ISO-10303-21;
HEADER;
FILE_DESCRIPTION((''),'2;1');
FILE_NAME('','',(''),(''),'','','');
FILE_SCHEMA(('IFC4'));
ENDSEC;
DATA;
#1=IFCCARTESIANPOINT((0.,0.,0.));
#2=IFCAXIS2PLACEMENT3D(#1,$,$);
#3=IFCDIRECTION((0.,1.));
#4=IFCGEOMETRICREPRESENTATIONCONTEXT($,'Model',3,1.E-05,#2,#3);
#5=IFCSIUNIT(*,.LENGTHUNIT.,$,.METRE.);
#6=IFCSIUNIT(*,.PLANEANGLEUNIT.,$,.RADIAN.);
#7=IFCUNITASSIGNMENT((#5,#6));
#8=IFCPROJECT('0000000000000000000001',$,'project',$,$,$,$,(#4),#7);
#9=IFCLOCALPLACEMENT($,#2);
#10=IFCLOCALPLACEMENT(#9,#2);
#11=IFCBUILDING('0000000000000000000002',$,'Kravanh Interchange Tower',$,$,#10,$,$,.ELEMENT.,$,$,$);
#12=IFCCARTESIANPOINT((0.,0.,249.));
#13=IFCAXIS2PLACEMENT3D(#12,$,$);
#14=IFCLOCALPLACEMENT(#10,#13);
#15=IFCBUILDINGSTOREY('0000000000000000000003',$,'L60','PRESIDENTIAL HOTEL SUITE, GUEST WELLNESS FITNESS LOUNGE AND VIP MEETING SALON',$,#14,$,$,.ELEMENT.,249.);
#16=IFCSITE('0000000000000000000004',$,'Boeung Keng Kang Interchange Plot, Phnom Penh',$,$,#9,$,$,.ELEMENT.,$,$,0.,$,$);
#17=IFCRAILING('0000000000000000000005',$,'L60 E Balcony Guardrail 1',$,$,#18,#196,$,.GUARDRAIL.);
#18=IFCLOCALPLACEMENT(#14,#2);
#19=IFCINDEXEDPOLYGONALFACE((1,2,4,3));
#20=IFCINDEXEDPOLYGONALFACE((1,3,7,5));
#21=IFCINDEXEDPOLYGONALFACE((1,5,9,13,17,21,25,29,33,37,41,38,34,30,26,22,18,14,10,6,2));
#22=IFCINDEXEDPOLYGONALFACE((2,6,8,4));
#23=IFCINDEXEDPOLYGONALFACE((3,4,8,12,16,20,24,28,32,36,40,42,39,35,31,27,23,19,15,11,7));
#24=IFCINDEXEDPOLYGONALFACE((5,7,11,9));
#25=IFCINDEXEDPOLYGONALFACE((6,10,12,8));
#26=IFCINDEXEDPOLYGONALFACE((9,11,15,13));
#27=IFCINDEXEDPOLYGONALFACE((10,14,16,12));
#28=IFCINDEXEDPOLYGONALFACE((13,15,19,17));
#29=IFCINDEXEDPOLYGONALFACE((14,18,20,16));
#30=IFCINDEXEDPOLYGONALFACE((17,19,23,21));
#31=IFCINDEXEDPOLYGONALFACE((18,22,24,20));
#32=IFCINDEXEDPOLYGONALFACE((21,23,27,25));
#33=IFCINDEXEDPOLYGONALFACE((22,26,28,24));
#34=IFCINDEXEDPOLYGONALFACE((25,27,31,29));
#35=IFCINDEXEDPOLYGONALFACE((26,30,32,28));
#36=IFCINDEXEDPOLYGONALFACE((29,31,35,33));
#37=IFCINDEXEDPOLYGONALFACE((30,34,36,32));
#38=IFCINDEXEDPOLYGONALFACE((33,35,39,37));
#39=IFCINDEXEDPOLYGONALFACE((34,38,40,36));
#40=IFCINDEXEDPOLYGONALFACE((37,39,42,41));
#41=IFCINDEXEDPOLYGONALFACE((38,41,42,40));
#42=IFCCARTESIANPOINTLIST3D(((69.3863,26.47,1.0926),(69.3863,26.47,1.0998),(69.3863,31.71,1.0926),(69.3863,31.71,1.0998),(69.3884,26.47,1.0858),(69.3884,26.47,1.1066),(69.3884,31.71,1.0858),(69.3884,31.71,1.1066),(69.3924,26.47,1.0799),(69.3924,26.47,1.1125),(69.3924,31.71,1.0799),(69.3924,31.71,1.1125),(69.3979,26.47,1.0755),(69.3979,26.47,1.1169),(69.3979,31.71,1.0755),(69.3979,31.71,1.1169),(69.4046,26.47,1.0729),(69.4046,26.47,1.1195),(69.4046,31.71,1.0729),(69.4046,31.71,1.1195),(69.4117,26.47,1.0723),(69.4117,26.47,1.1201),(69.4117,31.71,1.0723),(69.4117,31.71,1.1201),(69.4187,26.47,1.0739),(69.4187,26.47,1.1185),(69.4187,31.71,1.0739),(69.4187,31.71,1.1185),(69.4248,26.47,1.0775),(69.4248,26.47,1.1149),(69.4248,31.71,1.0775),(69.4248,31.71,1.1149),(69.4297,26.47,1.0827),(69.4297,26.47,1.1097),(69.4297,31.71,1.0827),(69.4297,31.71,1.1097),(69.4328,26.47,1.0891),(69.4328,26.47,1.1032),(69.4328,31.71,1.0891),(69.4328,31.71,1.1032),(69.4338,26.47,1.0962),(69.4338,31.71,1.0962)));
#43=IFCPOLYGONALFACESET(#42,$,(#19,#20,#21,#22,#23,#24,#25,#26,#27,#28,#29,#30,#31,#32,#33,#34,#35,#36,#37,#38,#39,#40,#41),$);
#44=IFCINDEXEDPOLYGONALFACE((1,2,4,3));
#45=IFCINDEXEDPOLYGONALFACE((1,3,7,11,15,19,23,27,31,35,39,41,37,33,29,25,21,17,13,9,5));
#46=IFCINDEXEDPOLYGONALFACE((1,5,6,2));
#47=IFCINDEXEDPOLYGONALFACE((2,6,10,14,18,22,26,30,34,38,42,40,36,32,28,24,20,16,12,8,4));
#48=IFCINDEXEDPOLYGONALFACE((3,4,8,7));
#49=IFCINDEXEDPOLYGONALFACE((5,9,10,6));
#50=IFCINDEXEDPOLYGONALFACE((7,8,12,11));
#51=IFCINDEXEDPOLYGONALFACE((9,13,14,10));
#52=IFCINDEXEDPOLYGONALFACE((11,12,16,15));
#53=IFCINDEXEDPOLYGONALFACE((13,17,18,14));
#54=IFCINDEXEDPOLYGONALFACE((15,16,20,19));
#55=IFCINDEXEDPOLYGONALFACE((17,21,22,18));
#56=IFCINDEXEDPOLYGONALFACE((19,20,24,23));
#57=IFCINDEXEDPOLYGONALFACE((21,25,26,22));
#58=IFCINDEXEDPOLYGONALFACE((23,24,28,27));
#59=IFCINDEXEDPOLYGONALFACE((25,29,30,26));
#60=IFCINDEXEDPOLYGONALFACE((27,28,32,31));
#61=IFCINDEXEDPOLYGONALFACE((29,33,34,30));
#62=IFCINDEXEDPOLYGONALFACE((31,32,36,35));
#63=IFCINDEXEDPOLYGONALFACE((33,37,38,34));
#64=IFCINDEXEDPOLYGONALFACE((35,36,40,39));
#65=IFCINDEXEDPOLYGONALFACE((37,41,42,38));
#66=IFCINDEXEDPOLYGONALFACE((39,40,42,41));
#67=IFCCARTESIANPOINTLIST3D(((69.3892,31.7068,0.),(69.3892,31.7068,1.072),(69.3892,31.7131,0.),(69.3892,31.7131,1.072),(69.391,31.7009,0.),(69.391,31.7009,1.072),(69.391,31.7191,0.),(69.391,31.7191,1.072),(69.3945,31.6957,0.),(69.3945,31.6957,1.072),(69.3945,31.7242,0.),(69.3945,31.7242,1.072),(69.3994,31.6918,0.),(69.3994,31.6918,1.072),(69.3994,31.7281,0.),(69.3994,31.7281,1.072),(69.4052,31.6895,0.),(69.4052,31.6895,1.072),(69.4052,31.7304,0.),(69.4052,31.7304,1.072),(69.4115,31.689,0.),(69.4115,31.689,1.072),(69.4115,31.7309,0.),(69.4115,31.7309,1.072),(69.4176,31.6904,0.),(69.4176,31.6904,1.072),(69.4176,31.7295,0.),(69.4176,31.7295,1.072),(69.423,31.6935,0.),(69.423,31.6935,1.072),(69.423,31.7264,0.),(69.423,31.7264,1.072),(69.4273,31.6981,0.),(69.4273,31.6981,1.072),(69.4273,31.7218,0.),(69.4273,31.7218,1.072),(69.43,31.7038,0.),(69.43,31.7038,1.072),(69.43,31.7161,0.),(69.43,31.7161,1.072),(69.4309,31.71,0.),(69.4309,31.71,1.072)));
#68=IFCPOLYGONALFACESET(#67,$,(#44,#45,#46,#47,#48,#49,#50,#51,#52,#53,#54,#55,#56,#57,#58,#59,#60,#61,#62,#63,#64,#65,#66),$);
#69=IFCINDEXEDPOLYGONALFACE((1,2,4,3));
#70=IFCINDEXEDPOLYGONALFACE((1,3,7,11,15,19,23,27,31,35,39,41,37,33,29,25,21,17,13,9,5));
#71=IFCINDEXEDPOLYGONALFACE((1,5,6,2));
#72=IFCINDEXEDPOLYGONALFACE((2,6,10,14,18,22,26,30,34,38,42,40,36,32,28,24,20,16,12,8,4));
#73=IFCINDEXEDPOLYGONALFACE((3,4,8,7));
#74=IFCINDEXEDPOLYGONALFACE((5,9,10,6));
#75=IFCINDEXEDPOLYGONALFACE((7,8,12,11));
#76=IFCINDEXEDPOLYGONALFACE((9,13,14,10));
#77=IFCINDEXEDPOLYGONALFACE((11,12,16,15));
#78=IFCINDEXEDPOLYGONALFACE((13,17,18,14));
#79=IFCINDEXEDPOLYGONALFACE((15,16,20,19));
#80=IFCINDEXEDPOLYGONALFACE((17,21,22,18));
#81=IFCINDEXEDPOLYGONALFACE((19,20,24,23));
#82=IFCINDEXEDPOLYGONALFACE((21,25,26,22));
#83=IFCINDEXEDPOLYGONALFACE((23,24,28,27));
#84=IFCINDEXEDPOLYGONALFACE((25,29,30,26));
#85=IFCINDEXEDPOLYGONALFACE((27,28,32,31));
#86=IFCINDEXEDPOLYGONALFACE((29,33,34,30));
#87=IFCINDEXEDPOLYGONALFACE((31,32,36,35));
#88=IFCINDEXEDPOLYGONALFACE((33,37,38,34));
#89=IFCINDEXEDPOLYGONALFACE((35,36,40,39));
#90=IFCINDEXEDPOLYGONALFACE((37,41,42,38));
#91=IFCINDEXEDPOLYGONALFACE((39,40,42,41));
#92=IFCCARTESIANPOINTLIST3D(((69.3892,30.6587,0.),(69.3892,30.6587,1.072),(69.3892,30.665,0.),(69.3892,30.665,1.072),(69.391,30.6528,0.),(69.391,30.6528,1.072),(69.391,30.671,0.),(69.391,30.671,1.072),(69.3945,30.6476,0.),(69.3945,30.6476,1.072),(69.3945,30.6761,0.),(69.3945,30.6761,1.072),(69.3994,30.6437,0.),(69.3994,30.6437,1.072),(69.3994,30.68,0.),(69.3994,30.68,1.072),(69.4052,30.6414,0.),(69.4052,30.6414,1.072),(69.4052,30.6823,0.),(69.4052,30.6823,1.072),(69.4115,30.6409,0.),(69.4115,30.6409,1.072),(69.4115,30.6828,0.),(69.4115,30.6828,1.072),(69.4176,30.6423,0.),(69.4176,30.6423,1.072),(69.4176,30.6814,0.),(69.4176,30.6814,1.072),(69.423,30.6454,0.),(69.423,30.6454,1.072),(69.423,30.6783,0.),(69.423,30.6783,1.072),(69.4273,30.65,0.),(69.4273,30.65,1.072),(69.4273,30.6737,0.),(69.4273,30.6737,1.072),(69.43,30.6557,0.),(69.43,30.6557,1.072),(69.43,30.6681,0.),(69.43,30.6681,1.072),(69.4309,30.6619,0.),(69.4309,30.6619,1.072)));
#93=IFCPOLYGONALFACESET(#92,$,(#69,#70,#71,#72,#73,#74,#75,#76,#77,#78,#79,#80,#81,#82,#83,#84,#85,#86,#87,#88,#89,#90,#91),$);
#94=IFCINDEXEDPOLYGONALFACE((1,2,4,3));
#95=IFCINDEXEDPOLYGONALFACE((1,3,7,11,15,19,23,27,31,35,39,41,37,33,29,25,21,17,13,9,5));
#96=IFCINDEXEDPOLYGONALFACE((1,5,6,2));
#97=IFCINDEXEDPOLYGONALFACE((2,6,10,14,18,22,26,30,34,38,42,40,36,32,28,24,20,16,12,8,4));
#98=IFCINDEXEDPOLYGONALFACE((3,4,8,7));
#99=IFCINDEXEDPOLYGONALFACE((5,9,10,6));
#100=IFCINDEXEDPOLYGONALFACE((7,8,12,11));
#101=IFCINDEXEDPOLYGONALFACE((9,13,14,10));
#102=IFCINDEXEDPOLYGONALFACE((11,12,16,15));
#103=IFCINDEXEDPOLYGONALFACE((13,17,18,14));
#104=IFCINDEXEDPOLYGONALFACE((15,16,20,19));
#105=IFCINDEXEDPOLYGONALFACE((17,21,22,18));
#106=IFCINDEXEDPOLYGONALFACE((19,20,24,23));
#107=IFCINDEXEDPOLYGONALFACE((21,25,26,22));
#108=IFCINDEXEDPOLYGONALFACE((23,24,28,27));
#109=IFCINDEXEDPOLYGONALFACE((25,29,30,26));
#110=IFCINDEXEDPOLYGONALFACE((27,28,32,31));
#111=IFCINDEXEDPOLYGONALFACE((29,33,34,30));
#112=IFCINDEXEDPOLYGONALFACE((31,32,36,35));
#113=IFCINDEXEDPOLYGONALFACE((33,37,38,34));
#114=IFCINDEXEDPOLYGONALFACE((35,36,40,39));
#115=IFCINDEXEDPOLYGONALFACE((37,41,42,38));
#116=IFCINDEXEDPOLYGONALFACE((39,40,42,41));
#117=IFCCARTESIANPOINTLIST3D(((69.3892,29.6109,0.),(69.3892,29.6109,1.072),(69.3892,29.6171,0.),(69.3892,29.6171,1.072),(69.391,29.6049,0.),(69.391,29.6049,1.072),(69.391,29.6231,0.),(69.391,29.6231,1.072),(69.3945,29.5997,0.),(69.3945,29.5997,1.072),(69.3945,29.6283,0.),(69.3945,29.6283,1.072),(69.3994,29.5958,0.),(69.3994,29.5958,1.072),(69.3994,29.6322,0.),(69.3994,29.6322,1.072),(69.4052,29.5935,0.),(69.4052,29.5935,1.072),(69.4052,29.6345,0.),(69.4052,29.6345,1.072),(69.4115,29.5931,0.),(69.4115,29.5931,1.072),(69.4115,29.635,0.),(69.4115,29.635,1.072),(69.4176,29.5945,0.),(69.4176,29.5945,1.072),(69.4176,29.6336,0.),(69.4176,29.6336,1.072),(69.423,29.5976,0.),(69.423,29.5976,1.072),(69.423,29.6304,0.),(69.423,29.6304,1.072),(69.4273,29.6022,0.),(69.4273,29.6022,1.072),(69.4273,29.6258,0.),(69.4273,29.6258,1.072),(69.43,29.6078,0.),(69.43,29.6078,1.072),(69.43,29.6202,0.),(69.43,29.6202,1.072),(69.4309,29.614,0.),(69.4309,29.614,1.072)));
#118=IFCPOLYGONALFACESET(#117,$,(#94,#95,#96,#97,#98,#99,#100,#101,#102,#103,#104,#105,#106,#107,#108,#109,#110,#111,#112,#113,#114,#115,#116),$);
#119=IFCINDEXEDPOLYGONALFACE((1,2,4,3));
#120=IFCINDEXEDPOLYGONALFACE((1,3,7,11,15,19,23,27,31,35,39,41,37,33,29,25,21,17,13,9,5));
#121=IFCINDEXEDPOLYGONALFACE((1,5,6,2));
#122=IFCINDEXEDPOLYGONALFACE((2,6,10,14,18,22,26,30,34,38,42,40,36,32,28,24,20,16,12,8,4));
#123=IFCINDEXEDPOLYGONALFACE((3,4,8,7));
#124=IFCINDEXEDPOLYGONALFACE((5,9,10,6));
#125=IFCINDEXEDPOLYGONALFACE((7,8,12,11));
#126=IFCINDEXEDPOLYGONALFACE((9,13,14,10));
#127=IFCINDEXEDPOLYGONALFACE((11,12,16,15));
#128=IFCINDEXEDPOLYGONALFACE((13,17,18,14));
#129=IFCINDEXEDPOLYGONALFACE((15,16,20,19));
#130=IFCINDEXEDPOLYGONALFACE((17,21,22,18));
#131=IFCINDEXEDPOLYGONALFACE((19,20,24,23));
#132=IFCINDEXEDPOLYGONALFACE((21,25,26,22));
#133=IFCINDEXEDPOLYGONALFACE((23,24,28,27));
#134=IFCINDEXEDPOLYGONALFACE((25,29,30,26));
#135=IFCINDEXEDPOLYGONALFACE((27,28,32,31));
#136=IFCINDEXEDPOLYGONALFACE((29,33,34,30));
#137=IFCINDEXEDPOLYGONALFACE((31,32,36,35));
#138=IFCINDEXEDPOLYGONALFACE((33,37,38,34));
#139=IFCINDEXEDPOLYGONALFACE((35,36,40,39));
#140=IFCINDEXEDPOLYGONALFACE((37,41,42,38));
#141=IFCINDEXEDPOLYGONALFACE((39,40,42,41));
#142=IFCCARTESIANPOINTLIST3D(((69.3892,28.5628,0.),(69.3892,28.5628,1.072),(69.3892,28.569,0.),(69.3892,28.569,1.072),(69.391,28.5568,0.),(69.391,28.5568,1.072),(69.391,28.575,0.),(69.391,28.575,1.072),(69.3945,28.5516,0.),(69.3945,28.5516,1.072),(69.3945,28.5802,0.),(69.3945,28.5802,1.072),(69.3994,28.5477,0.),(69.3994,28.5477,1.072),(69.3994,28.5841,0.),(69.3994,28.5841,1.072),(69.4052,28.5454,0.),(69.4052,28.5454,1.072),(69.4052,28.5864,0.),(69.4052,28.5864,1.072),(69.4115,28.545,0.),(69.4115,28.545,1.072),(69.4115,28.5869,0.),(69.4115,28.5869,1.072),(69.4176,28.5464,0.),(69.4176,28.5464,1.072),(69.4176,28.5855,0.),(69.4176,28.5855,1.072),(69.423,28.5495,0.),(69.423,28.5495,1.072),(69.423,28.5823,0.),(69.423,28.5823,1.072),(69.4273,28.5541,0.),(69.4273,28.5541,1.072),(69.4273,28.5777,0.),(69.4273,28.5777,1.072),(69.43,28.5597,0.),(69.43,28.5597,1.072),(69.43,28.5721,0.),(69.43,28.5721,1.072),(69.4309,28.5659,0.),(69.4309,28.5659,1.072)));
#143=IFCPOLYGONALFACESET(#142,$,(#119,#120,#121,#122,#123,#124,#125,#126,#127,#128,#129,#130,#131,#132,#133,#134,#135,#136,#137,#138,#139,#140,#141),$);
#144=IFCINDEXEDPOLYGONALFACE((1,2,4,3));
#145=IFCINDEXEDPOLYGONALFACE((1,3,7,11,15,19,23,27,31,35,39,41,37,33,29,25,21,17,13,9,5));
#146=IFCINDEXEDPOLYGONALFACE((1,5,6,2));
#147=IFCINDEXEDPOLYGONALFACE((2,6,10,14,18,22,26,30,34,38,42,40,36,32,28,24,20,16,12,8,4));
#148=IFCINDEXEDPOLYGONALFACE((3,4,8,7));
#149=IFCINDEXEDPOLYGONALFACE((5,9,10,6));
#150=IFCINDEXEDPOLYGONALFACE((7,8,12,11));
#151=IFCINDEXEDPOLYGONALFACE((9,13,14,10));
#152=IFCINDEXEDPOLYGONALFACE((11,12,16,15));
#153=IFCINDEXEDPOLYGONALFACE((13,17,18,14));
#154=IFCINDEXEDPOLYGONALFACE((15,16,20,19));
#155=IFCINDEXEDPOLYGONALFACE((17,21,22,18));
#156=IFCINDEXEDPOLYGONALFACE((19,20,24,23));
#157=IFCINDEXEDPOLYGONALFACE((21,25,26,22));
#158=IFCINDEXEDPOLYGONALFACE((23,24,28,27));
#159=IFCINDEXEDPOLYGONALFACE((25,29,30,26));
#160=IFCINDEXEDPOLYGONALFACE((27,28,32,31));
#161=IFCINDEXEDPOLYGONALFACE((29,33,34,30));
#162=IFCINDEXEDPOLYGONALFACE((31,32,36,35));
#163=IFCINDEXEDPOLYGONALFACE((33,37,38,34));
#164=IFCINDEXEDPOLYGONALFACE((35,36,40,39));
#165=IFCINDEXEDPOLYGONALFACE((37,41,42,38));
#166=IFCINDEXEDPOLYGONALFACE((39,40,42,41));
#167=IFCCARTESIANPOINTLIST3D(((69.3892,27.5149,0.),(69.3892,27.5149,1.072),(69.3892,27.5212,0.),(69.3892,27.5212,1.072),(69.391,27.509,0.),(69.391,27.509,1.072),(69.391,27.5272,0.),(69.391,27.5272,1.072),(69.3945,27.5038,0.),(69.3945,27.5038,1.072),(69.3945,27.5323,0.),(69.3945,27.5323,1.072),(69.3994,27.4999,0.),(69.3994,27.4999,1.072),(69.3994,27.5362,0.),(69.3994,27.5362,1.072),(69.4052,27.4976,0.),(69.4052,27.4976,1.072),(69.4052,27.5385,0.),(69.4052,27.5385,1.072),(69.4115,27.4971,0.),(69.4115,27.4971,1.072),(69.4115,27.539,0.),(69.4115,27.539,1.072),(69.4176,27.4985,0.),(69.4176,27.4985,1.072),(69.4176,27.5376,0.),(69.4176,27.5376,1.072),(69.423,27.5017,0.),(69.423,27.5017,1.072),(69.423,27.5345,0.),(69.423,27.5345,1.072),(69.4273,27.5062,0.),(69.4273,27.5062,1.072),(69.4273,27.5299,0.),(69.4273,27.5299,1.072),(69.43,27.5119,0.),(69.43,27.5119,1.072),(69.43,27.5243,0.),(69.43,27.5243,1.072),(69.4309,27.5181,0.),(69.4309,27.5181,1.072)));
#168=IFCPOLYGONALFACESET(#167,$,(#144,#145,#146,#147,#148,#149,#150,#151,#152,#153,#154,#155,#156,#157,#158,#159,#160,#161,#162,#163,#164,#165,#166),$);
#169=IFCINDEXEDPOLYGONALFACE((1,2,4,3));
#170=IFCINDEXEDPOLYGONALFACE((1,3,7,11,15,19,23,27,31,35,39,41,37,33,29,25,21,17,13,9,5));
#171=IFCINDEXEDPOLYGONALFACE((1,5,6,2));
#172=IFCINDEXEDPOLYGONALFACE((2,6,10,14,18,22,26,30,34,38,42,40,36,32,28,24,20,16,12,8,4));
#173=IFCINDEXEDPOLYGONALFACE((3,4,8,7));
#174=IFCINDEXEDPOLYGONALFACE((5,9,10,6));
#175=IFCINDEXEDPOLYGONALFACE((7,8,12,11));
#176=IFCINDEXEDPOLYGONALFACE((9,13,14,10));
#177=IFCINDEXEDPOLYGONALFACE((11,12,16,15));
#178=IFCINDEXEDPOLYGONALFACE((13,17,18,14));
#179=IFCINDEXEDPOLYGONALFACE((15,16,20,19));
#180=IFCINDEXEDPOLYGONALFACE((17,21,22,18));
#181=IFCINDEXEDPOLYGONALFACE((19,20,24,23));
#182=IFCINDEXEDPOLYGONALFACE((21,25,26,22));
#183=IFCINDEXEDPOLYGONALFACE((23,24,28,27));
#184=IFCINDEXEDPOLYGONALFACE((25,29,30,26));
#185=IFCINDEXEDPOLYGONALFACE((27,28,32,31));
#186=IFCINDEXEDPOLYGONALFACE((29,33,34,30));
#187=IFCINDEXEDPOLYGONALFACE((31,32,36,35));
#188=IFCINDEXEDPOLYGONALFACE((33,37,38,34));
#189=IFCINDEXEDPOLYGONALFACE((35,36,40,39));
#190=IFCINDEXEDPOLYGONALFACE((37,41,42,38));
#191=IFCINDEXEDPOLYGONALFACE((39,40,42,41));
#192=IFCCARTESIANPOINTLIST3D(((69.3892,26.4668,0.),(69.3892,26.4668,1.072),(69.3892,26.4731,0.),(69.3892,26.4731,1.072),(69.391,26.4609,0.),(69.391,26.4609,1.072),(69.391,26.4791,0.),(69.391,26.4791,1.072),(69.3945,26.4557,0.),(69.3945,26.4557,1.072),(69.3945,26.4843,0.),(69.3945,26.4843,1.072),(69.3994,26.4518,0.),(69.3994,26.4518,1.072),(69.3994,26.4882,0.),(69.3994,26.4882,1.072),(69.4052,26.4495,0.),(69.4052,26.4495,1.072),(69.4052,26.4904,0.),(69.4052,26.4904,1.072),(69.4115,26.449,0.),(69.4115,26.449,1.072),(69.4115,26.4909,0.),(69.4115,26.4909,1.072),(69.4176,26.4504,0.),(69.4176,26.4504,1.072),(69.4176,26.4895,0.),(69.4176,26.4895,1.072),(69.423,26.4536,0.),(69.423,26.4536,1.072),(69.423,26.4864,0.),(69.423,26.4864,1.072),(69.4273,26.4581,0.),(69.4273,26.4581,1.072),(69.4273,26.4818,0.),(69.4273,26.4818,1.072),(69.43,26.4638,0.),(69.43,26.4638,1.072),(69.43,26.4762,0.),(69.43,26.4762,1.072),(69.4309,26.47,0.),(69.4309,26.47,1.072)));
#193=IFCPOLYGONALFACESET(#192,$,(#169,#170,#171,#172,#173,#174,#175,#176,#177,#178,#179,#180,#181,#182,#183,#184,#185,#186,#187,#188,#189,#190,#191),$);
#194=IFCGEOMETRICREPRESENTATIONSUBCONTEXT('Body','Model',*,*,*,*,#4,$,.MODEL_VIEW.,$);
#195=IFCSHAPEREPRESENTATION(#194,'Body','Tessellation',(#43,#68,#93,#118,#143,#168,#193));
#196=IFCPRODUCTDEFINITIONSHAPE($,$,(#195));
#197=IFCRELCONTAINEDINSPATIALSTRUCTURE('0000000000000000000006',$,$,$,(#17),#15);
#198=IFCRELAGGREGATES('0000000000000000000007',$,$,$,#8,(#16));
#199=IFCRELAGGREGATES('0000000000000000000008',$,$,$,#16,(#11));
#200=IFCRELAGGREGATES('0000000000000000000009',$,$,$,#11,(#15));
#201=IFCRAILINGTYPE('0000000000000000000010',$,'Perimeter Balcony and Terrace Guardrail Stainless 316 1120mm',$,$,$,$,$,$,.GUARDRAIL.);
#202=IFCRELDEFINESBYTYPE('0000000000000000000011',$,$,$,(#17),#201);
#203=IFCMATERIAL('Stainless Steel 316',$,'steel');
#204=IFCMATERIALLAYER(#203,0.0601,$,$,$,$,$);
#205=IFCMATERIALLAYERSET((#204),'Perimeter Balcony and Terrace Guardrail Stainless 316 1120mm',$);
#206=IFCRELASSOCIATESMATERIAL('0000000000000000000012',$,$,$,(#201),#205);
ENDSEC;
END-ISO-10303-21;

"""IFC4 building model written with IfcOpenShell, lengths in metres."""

from ifc_helpers import new_model, si_unit, direction, frame, origin, origin_2d, place, context, subcontext, project, spatial, circle, extrude, material, layer, layer_set, type_object, element, save


model = new_model("IFC4")

# Units and contexts
model_context = context("Model", 3, precision=1e-05, world=origin(), true_north=direction((0.0, 1.0)))
body_context = subcontext(model_context, "Body", "Model", "MODEL_VIEW")
ifc_project = project(units=[si_unit("LENGTHUNIT", "METRE"), si_unit("PLANEANGLEUNIT", "RADIAN")], contexts=[model_context])

# Site, building, storey
site_placement = place(None, origin())
site = spatial("IfcSite", under=ifc_project, at=site_placement, Name="Boeung Keng Kang Interchange Plot, Phnom Penh", CompositionType="ELEMENT", RefElevation=0.0)
building_placement = place(site_placement, origin())
building = spatial("IfcBuilding", under=site, at=building_placement, Name="Kravanh Interchange Tower", CompositionType="ELEMENT")
storey_placement = place(building_placement, frame((0.0, 0.0, 249.0)))
storey = spatial("IfcBuildingStorey", under=building, at=storey_placement, Name="L60", Description="PRESIDENTIAL HOTEL SUITE, GUEST WELLNESS FITNESS LOUNGE AND VIP MEETING SALON", CompositionType="ELEMENT", Elevation=249.0)

# Railing
ifc_material_1 = material(Name="Stainless Steel 316", Category="steel")
ifc_layer_1 = layer(ifc_material_1, 0.0601)
ifc_layer_set_1 = layer_set([ifc_layer_1], Name="Perimeter Balcony and Terrace Guardrail Stainless 316 1120mm")
railing_type_1 = type_object("IfcRailingType", Name="Perimeter Balcony and Terrace Guardrail Stainless 316 1120mm", PredefinedType="GUARDRAIL", material=ifc_layer_set_1)
railing_1_placement = place(storey_placement, frame((69.4099, 31.71, 0.0)))
element("IfcRailing", 1, at=railing_1_placement, inside=storey, type_object=railing_type_1, Name="L60 E Balcony Guardrail 1", PredefinedType="GUARDRAIL", context=body_context, shape_type="SweptSolid", body=[
    extrude(circle(Radius=0.0239, at=origin_2d()), frame((0.0, 0.0, 1.0962), z_axis=(0.0, -1.0, 0.0), x_axis=(1.0, 0.0, 0.0)), (0.0, 0.0, 1.0), 5.24),
    extrude(circle(Radius=0.021, at=origin_2d()), origin(), (0.0, 0.0, 1.0), 1.072),
    extrude(circle(Radius=0.021, at=origin_2d()), frame((0.0, -1.0481, 0.0)), (0.0, 0.0, 1.0), 1.072),
    extrude(circle(Radius=0.021, at=origin_2d()), frame((0.0, -2.0959, 0.0)), (0.0, 0.0, 1.0), 1.072),
    extrude(circle(Radius=0.021, at=origin_2d()), frame((0.0, -3.144, 0.0)), (0.0, 0.0, 1.0), 1.072),
    extrude(circle(Radius=0.021, at=origin_2d()), frame((0.0, -4.1919, 0.0)), (0.0, 0.0, 1.0), 1.072),
    extrude(circle(Radius=0.021, at=origin_2d()), frame((0.0, -5.24, 0.0)), (0.0, 0.0, 1.0), 1.072),
])

save(model, "model.ifc")
